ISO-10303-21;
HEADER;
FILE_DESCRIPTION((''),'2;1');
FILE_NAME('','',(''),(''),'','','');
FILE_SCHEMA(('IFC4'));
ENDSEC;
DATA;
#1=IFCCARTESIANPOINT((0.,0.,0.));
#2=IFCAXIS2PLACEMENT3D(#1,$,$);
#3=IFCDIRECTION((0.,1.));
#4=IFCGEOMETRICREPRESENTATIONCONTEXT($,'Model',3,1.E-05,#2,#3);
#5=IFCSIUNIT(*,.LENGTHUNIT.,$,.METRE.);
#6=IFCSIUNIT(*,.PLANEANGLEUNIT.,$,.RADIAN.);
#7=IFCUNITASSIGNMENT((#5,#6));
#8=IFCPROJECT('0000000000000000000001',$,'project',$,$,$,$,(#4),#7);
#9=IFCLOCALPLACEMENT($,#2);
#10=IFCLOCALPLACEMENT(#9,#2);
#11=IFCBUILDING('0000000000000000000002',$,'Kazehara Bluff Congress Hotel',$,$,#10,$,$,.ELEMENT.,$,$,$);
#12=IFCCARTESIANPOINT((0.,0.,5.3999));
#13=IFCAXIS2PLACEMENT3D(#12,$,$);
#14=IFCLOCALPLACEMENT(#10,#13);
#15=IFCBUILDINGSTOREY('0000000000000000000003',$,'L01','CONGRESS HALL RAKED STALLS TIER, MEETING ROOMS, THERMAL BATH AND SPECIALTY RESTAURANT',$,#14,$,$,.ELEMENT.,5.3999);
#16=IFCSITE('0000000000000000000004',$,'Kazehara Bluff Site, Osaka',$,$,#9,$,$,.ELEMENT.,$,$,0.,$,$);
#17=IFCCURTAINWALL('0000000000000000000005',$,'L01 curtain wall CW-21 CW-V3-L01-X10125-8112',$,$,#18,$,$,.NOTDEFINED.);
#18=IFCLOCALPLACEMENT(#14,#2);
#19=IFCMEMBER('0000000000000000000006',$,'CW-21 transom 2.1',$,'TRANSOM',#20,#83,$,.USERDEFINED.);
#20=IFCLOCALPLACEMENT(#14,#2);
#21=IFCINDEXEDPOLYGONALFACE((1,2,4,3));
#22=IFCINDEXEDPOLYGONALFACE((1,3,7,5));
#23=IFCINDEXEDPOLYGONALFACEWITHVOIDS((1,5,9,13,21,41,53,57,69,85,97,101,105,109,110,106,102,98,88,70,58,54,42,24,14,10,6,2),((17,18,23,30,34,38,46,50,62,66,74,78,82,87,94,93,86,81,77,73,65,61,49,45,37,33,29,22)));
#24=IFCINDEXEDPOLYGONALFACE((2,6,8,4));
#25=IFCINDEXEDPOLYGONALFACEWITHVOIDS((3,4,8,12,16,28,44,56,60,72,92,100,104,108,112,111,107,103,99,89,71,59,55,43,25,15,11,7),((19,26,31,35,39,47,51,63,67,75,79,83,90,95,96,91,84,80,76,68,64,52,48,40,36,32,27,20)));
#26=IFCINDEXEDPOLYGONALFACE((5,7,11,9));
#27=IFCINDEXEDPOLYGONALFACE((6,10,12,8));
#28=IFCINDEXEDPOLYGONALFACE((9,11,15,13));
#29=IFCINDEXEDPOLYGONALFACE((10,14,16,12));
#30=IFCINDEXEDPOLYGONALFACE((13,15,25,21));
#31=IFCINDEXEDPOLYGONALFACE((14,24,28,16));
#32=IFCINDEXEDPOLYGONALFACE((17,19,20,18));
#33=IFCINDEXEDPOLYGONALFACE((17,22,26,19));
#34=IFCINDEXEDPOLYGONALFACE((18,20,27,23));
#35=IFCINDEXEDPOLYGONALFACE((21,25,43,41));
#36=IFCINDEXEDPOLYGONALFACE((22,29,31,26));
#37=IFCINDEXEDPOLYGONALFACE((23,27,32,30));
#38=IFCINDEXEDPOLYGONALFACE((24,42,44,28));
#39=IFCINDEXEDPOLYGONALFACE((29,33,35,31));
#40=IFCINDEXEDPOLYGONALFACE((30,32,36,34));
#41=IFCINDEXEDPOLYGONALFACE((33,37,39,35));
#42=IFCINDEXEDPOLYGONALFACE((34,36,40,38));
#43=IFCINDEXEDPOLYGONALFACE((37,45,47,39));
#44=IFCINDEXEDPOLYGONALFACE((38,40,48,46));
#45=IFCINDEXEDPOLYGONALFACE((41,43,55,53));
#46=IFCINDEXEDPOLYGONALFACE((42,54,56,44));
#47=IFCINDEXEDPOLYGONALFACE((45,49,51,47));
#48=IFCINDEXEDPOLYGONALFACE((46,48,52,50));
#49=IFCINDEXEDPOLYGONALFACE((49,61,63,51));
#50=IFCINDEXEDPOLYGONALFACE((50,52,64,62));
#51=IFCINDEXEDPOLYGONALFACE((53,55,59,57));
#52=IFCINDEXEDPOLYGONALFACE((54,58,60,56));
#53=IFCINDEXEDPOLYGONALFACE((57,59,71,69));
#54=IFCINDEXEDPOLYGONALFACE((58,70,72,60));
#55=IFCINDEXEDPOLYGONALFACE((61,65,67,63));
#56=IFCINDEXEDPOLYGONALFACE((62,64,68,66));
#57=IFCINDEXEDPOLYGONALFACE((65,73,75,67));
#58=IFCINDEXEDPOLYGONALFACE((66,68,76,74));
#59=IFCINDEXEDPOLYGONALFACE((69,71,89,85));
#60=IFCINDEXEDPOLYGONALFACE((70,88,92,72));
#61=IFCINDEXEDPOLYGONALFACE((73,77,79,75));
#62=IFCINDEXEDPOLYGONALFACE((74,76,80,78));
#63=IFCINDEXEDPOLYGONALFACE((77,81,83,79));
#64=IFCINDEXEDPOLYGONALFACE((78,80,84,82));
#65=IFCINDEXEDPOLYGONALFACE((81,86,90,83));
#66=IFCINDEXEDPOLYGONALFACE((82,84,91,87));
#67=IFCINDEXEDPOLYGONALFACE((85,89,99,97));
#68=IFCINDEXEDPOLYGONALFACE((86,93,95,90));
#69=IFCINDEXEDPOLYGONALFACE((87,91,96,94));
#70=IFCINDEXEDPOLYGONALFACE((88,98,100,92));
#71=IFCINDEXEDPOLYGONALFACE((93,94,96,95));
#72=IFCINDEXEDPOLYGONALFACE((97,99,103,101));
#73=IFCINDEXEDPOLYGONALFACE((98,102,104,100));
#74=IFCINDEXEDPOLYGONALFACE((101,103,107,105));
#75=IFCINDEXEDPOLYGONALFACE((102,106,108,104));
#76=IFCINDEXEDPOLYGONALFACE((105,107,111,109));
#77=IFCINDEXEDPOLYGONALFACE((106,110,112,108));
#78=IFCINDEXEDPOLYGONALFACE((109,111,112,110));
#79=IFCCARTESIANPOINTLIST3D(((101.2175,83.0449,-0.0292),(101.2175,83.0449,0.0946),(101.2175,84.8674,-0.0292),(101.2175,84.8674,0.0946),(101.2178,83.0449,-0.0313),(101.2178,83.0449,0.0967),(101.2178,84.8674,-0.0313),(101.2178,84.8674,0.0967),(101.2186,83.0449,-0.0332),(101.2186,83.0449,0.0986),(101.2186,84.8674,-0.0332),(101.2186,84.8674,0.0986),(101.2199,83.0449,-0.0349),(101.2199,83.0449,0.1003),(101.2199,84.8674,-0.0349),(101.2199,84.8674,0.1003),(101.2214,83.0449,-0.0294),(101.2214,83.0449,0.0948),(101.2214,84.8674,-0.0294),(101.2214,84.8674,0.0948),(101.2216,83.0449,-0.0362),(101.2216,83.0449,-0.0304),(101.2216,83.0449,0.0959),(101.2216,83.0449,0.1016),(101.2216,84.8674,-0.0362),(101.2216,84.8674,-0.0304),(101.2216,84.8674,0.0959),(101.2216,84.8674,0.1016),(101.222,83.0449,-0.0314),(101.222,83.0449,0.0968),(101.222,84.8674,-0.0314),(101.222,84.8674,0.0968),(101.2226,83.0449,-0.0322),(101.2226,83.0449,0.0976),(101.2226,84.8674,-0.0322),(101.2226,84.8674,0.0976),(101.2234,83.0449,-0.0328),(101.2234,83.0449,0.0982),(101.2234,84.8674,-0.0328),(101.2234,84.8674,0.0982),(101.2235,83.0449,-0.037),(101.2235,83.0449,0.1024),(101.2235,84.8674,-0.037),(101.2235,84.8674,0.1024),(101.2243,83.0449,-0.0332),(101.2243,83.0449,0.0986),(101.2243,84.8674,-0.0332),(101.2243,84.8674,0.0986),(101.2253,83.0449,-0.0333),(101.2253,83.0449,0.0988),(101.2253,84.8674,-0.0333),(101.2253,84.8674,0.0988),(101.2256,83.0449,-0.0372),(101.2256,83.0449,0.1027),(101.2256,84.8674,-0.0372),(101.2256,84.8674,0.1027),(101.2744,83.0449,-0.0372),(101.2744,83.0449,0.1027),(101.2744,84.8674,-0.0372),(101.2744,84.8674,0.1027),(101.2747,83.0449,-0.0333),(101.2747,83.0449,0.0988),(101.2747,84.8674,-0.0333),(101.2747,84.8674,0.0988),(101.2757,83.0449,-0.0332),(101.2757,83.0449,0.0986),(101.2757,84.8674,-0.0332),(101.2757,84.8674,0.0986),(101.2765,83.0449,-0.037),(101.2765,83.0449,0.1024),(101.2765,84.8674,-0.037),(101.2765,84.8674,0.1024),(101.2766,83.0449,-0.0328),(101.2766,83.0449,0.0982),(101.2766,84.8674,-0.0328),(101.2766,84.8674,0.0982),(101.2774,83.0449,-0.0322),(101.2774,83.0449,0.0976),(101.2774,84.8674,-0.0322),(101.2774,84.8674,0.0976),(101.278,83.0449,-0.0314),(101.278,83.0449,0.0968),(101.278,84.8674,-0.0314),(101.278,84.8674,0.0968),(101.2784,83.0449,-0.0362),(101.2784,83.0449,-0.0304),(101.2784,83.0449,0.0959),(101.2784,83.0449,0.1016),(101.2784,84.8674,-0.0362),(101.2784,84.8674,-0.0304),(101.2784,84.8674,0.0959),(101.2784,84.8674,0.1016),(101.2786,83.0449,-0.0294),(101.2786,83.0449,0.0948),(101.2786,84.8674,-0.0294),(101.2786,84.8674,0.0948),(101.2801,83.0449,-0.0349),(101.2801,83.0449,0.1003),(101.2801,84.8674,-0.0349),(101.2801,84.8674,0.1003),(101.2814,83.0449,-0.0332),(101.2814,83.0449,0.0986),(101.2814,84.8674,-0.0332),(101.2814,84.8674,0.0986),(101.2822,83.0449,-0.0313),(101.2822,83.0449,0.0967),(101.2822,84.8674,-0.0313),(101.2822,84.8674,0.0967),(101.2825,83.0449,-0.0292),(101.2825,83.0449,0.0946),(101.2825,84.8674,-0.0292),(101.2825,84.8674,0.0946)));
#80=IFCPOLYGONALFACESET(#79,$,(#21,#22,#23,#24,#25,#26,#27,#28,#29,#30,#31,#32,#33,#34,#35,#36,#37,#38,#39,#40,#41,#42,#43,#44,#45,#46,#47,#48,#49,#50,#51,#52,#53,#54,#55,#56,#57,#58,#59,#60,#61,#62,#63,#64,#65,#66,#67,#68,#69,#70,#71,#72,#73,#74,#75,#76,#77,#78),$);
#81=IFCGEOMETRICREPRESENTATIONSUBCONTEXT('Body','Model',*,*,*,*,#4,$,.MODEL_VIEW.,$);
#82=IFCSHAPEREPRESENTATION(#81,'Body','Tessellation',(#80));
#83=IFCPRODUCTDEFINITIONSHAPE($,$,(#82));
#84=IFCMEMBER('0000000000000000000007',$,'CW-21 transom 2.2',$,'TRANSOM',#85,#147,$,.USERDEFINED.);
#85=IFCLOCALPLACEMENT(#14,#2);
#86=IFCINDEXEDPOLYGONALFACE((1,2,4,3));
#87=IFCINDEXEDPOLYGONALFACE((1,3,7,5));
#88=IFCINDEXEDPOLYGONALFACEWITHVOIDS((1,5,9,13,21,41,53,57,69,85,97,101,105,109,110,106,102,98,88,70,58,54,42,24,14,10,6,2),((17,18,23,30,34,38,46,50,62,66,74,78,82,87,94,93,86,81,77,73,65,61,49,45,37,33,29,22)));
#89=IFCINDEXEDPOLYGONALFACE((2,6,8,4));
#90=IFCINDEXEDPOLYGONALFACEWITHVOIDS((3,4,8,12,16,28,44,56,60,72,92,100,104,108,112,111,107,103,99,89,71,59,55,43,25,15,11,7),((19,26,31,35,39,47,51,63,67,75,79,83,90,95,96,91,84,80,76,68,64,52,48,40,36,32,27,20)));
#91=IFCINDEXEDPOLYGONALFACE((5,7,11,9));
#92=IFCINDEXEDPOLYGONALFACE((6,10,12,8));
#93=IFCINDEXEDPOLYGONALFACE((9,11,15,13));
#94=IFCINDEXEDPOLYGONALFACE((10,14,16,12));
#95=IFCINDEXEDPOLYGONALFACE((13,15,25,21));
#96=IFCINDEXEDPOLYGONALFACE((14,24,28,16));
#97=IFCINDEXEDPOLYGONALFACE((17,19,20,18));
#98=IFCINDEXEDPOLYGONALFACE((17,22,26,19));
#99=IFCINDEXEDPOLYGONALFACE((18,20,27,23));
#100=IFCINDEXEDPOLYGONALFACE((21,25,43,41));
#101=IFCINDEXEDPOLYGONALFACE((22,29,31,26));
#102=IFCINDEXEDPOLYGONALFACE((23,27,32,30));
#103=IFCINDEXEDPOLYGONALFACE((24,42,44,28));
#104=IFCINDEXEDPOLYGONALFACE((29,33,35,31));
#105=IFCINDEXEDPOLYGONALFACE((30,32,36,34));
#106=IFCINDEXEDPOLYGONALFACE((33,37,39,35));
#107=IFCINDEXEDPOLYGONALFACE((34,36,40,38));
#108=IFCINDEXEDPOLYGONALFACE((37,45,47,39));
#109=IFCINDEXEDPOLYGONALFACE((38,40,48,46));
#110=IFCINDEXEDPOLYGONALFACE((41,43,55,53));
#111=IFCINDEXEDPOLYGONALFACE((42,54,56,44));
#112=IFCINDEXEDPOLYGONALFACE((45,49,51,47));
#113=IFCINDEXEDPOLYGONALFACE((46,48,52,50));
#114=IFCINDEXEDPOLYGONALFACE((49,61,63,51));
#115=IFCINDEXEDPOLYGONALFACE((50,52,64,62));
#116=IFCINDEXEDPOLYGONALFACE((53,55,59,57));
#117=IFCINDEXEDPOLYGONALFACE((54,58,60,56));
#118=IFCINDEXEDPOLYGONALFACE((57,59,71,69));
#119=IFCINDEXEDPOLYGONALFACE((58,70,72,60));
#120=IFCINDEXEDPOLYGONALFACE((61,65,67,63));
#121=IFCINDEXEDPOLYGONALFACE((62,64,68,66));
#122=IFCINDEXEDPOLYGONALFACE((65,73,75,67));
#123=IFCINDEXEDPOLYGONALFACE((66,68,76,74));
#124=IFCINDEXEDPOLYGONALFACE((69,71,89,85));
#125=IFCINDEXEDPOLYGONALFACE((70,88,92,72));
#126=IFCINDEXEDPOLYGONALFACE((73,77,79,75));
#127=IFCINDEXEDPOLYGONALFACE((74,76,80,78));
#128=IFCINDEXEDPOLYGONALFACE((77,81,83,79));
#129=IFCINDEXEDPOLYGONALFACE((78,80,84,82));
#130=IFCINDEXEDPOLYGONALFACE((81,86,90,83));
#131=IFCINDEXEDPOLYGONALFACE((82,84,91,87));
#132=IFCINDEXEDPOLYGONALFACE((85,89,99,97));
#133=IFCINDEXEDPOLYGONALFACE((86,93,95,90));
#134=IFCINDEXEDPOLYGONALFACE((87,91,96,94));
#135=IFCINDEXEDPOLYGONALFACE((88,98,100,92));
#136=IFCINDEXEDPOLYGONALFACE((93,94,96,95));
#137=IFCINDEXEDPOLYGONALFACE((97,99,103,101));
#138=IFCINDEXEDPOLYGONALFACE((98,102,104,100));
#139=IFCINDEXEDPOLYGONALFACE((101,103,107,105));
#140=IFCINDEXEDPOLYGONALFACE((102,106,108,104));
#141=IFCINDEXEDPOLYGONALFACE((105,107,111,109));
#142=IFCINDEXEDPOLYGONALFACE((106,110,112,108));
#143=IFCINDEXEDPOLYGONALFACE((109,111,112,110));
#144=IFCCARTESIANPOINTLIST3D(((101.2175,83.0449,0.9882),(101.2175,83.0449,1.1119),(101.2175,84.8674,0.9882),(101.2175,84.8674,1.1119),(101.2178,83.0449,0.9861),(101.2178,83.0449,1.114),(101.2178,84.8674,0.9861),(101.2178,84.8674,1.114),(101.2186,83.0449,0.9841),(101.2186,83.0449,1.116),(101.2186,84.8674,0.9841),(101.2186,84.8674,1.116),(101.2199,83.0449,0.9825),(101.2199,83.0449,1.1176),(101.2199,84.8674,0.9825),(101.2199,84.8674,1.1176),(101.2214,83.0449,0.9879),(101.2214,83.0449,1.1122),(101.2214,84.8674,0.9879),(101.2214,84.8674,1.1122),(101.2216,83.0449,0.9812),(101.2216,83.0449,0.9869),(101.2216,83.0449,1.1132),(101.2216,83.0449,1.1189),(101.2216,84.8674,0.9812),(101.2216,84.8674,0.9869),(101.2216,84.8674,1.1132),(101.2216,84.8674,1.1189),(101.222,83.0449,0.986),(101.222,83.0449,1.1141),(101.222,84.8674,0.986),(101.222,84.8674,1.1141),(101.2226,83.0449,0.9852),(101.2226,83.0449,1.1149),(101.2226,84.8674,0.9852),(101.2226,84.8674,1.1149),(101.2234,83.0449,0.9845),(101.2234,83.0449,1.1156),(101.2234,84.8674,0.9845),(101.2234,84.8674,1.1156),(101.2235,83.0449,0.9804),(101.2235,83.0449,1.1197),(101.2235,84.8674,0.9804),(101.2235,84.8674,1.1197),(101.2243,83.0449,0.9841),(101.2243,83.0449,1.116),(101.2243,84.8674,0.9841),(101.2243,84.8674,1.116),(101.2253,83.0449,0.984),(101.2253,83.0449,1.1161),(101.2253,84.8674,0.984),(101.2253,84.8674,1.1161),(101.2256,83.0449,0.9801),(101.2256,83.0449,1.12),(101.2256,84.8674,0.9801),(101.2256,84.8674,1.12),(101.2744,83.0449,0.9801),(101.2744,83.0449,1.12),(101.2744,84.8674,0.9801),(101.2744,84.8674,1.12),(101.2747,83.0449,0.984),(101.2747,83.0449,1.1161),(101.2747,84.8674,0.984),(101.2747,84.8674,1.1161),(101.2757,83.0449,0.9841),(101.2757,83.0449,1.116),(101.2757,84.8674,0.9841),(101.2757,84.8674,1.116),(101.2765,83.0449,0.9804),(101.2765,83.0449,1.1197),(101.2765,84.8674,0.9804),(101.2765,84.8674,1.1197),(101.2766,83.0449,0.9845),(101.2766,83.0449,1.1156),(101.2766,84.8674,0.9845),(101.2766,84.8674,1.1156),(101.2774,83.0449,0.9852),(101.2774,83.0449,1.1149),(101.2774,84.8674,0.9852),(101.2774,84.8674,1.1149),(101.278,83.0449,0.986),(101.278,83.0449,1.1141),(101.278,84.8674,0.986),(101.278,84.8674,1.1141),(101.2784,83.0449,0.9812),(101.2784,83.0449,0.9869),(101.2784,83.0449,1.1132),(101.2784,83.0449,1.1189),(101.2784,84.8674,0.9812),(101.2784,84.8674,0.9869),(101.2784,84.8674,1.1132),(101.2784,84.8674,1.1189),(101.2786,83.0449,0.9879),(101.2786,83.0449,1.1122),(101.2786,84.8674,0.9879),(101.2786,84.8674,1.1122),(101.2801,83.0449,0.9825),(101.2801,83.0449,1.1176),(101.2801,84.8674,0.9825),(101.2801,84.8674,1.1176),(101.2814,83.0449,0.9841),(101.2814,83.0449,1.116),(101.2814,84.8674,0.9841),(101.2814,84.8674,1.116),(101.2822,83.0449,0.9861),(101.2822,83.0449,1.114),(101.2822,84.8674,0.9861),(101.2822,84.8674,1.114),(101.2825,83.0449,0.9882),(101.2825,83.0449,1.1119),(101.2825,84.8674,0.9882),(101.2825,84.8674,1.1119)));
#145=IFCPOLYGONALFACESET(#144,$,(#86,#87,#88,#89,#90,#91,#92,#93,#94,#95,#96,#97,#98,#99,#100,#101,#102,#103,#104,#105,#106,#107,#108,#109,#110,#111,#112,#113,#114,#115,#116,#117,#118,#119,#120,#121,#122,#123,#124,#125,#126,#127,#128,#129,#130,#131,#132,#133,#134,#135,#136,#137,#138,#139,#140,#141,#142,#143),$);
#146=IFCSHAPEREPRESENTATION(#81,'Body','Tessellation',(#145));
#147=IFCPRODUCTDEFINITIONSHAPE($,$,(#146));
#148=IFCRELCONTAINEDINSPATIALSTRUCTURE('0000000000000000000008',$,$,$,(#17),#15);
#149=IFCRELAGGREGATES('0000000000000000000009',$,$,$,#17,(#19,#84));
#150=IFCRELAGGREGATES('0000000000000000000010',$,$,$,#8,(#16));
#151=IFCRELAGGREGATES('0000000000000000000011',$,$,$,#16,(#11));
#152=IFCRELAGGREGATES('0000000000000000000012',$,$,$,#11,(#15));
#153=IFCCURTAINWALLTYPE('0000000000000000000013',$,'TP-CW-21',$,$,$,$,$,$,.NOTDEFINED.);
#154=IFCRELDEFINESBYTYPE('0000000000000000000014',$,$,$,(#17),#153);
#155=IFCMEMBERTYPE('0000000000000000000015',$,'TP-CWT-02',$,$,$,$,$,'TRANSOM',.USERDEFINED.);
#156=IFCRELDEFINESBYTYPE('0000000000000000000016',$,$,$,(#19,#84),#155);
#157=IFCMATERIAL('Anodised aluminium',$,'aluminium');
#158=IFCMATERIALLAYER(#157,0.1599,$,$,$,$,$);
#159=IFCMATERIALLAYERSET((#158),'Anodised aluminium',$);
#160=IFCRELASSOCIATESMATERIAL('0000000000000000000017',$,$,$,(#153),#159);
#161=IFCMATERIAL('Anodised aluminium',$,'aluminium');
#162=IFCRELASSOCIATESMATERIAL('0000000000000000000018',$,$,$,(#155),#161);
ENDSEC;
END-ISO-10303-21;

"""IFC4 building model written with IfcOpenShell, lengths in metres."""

from ifc_helpers import new_model, si_unit, direction, frame, origin, origin_2d, place, context, subcontext, project, spatial, hollow_rectangle, extrude, material, layer, layer_set, material_profile, profile_set, type_object, element, aggregate, save


model = new_model("IFC4")

# Units and contexts
model_context = context("Model", 3, precision=1e-05, world=origin(), true_north=direction((0.0, 1.0)))
body_context = subcontext(model_context, "Body", "Model", "MODEL_VIEW")
ifc_project = project(units=[si_unit("LENGTHUNIT", "METRE"), si_unit("PLANEANGLEUNIT", "RADIAN")], contexts=[model_context])

# Site, building, storey
site_placement = place(None, origin())
site = spatial("IfcSite", under=ifc_project, at=site_placement, Name="Kazehara Bluff Site, Osaka", CompositionType="ELEMENT", RefElevation=0.0)
building_placement = place(site_placement, origin())
building = spatial("IfcBuilding", under=site, at=building_placement, Name="Kazehara Bluff Congress Hotel", CompositionType="ELEMENT")
storey_placement = place(building_placement, frame((0.0, 0.0, 5.3999)))
storey = spatial("IfcBuildingStorey", under=building, at=storey_placement, Name="L01", Description="CONGRESS HALL RAKED STALLS TIER, MEETING ROOMS, THERMAL BATH AND SPECIALTY RESTAURANT", CompositionType="ELEMENT", Elevation=5.3999)

# Curtain wall, members
ifc_material_1 = material(Name="Anodised aluminium", Category="aluminium")
ifc_layer_1 = layer(ifc_material_1, 0.1599)
ifc_layer_set_1 = layer_set([ifc_layer_1], Name="Anodised aluminium")
curtain_wall_type = type_object("IfcCurtainWallType", Name="TP-CW-21", PredefinedType="NOTDEFINED", material=ifc_layer_set_1)
curtain_wall_placement = place(storey_placement, origin())
curtain_wall = element("IfcCurtainWall", 1, at=curtain_wall_placement, inside=storey, type_object=curtain_wall_type, Name="L01 curtain wall CW-21 CW-V3-L01-X10125-8112", PredefinedType="NOTDEFINED")
ifc_material_2 = material(Name="Anodised aluminium", Category="aluminium")
ifc_material_profile_1 = material_profile(ifc_material_2, hollow_rectangle(XDim=0.0649, YDim=0.1399, WallThickness=0.0039, InnerFilletRadius=0.0039, OuterFilletRadius=0.0081, at=origin_2d()))
ifc_profile_set_1 = profile_set([ifc_material_profile_1], Name="Anodised aluminium")
member_type_1 = type_object("IfcMemberType", Name="TP-CWT-02", ElementType="TRANSOM", PredefinedType="USERDEFINED", material=ifc_profile_set_1)
member_1_placement = place(storey_placement, frame((101.25, 83.0449, 0.0327), z_axis=(0.0, 1.0, 0.0), x_axis=(-1.0, 0.0, 0.0)))
member_1 = element("IfcMember", 2, at=member_1_placement, type_object=member_type_1, Name="CW-21 transom 2.1", ObjectType="TRANSOM", PredefinedType="USERDEFINED", context=body_context, shape_type="SweptSolid", body=[
    extrude(hollow_rectangle(XDim=0.0649, YDim=0.1399, WallThickness=0.0039, InnerFilletRadius=0.0039, OuterFilletRadius=0.0081, at=origin_2d()), origin(), (0.0, 0.0, 1.0), 1.8225),
])
member_2_placement = place(storey_placement, frame((101.25, 83.0449, 1.05), z_axis=(0.0, 1.0, 0.0), x_axis=(-1.0, 0.0, 0.0)))
member_2 = element("IfcMember", 3, at=member_2_placement, type_object=member_type_1, Name="CW-21 transom 2.2", ObjectType="TRANSOM", PredefinedType="USERDEFINED", context=body_context, shape_type="SweptSolid", body=[
    extrude(hollow_rectangle(XDim=0.0649, YDim=0.1399, WallThickness=0.0039, InnerFilletRadius=0.0039, OuterFilletRadius=0.0081, at=origin_2d()), origin(), (0.0, 0.0, 1.0), 1.8225),
])

aggregate(curtain_wall, [member_1, member_2])

save(model, "model.ifc")
